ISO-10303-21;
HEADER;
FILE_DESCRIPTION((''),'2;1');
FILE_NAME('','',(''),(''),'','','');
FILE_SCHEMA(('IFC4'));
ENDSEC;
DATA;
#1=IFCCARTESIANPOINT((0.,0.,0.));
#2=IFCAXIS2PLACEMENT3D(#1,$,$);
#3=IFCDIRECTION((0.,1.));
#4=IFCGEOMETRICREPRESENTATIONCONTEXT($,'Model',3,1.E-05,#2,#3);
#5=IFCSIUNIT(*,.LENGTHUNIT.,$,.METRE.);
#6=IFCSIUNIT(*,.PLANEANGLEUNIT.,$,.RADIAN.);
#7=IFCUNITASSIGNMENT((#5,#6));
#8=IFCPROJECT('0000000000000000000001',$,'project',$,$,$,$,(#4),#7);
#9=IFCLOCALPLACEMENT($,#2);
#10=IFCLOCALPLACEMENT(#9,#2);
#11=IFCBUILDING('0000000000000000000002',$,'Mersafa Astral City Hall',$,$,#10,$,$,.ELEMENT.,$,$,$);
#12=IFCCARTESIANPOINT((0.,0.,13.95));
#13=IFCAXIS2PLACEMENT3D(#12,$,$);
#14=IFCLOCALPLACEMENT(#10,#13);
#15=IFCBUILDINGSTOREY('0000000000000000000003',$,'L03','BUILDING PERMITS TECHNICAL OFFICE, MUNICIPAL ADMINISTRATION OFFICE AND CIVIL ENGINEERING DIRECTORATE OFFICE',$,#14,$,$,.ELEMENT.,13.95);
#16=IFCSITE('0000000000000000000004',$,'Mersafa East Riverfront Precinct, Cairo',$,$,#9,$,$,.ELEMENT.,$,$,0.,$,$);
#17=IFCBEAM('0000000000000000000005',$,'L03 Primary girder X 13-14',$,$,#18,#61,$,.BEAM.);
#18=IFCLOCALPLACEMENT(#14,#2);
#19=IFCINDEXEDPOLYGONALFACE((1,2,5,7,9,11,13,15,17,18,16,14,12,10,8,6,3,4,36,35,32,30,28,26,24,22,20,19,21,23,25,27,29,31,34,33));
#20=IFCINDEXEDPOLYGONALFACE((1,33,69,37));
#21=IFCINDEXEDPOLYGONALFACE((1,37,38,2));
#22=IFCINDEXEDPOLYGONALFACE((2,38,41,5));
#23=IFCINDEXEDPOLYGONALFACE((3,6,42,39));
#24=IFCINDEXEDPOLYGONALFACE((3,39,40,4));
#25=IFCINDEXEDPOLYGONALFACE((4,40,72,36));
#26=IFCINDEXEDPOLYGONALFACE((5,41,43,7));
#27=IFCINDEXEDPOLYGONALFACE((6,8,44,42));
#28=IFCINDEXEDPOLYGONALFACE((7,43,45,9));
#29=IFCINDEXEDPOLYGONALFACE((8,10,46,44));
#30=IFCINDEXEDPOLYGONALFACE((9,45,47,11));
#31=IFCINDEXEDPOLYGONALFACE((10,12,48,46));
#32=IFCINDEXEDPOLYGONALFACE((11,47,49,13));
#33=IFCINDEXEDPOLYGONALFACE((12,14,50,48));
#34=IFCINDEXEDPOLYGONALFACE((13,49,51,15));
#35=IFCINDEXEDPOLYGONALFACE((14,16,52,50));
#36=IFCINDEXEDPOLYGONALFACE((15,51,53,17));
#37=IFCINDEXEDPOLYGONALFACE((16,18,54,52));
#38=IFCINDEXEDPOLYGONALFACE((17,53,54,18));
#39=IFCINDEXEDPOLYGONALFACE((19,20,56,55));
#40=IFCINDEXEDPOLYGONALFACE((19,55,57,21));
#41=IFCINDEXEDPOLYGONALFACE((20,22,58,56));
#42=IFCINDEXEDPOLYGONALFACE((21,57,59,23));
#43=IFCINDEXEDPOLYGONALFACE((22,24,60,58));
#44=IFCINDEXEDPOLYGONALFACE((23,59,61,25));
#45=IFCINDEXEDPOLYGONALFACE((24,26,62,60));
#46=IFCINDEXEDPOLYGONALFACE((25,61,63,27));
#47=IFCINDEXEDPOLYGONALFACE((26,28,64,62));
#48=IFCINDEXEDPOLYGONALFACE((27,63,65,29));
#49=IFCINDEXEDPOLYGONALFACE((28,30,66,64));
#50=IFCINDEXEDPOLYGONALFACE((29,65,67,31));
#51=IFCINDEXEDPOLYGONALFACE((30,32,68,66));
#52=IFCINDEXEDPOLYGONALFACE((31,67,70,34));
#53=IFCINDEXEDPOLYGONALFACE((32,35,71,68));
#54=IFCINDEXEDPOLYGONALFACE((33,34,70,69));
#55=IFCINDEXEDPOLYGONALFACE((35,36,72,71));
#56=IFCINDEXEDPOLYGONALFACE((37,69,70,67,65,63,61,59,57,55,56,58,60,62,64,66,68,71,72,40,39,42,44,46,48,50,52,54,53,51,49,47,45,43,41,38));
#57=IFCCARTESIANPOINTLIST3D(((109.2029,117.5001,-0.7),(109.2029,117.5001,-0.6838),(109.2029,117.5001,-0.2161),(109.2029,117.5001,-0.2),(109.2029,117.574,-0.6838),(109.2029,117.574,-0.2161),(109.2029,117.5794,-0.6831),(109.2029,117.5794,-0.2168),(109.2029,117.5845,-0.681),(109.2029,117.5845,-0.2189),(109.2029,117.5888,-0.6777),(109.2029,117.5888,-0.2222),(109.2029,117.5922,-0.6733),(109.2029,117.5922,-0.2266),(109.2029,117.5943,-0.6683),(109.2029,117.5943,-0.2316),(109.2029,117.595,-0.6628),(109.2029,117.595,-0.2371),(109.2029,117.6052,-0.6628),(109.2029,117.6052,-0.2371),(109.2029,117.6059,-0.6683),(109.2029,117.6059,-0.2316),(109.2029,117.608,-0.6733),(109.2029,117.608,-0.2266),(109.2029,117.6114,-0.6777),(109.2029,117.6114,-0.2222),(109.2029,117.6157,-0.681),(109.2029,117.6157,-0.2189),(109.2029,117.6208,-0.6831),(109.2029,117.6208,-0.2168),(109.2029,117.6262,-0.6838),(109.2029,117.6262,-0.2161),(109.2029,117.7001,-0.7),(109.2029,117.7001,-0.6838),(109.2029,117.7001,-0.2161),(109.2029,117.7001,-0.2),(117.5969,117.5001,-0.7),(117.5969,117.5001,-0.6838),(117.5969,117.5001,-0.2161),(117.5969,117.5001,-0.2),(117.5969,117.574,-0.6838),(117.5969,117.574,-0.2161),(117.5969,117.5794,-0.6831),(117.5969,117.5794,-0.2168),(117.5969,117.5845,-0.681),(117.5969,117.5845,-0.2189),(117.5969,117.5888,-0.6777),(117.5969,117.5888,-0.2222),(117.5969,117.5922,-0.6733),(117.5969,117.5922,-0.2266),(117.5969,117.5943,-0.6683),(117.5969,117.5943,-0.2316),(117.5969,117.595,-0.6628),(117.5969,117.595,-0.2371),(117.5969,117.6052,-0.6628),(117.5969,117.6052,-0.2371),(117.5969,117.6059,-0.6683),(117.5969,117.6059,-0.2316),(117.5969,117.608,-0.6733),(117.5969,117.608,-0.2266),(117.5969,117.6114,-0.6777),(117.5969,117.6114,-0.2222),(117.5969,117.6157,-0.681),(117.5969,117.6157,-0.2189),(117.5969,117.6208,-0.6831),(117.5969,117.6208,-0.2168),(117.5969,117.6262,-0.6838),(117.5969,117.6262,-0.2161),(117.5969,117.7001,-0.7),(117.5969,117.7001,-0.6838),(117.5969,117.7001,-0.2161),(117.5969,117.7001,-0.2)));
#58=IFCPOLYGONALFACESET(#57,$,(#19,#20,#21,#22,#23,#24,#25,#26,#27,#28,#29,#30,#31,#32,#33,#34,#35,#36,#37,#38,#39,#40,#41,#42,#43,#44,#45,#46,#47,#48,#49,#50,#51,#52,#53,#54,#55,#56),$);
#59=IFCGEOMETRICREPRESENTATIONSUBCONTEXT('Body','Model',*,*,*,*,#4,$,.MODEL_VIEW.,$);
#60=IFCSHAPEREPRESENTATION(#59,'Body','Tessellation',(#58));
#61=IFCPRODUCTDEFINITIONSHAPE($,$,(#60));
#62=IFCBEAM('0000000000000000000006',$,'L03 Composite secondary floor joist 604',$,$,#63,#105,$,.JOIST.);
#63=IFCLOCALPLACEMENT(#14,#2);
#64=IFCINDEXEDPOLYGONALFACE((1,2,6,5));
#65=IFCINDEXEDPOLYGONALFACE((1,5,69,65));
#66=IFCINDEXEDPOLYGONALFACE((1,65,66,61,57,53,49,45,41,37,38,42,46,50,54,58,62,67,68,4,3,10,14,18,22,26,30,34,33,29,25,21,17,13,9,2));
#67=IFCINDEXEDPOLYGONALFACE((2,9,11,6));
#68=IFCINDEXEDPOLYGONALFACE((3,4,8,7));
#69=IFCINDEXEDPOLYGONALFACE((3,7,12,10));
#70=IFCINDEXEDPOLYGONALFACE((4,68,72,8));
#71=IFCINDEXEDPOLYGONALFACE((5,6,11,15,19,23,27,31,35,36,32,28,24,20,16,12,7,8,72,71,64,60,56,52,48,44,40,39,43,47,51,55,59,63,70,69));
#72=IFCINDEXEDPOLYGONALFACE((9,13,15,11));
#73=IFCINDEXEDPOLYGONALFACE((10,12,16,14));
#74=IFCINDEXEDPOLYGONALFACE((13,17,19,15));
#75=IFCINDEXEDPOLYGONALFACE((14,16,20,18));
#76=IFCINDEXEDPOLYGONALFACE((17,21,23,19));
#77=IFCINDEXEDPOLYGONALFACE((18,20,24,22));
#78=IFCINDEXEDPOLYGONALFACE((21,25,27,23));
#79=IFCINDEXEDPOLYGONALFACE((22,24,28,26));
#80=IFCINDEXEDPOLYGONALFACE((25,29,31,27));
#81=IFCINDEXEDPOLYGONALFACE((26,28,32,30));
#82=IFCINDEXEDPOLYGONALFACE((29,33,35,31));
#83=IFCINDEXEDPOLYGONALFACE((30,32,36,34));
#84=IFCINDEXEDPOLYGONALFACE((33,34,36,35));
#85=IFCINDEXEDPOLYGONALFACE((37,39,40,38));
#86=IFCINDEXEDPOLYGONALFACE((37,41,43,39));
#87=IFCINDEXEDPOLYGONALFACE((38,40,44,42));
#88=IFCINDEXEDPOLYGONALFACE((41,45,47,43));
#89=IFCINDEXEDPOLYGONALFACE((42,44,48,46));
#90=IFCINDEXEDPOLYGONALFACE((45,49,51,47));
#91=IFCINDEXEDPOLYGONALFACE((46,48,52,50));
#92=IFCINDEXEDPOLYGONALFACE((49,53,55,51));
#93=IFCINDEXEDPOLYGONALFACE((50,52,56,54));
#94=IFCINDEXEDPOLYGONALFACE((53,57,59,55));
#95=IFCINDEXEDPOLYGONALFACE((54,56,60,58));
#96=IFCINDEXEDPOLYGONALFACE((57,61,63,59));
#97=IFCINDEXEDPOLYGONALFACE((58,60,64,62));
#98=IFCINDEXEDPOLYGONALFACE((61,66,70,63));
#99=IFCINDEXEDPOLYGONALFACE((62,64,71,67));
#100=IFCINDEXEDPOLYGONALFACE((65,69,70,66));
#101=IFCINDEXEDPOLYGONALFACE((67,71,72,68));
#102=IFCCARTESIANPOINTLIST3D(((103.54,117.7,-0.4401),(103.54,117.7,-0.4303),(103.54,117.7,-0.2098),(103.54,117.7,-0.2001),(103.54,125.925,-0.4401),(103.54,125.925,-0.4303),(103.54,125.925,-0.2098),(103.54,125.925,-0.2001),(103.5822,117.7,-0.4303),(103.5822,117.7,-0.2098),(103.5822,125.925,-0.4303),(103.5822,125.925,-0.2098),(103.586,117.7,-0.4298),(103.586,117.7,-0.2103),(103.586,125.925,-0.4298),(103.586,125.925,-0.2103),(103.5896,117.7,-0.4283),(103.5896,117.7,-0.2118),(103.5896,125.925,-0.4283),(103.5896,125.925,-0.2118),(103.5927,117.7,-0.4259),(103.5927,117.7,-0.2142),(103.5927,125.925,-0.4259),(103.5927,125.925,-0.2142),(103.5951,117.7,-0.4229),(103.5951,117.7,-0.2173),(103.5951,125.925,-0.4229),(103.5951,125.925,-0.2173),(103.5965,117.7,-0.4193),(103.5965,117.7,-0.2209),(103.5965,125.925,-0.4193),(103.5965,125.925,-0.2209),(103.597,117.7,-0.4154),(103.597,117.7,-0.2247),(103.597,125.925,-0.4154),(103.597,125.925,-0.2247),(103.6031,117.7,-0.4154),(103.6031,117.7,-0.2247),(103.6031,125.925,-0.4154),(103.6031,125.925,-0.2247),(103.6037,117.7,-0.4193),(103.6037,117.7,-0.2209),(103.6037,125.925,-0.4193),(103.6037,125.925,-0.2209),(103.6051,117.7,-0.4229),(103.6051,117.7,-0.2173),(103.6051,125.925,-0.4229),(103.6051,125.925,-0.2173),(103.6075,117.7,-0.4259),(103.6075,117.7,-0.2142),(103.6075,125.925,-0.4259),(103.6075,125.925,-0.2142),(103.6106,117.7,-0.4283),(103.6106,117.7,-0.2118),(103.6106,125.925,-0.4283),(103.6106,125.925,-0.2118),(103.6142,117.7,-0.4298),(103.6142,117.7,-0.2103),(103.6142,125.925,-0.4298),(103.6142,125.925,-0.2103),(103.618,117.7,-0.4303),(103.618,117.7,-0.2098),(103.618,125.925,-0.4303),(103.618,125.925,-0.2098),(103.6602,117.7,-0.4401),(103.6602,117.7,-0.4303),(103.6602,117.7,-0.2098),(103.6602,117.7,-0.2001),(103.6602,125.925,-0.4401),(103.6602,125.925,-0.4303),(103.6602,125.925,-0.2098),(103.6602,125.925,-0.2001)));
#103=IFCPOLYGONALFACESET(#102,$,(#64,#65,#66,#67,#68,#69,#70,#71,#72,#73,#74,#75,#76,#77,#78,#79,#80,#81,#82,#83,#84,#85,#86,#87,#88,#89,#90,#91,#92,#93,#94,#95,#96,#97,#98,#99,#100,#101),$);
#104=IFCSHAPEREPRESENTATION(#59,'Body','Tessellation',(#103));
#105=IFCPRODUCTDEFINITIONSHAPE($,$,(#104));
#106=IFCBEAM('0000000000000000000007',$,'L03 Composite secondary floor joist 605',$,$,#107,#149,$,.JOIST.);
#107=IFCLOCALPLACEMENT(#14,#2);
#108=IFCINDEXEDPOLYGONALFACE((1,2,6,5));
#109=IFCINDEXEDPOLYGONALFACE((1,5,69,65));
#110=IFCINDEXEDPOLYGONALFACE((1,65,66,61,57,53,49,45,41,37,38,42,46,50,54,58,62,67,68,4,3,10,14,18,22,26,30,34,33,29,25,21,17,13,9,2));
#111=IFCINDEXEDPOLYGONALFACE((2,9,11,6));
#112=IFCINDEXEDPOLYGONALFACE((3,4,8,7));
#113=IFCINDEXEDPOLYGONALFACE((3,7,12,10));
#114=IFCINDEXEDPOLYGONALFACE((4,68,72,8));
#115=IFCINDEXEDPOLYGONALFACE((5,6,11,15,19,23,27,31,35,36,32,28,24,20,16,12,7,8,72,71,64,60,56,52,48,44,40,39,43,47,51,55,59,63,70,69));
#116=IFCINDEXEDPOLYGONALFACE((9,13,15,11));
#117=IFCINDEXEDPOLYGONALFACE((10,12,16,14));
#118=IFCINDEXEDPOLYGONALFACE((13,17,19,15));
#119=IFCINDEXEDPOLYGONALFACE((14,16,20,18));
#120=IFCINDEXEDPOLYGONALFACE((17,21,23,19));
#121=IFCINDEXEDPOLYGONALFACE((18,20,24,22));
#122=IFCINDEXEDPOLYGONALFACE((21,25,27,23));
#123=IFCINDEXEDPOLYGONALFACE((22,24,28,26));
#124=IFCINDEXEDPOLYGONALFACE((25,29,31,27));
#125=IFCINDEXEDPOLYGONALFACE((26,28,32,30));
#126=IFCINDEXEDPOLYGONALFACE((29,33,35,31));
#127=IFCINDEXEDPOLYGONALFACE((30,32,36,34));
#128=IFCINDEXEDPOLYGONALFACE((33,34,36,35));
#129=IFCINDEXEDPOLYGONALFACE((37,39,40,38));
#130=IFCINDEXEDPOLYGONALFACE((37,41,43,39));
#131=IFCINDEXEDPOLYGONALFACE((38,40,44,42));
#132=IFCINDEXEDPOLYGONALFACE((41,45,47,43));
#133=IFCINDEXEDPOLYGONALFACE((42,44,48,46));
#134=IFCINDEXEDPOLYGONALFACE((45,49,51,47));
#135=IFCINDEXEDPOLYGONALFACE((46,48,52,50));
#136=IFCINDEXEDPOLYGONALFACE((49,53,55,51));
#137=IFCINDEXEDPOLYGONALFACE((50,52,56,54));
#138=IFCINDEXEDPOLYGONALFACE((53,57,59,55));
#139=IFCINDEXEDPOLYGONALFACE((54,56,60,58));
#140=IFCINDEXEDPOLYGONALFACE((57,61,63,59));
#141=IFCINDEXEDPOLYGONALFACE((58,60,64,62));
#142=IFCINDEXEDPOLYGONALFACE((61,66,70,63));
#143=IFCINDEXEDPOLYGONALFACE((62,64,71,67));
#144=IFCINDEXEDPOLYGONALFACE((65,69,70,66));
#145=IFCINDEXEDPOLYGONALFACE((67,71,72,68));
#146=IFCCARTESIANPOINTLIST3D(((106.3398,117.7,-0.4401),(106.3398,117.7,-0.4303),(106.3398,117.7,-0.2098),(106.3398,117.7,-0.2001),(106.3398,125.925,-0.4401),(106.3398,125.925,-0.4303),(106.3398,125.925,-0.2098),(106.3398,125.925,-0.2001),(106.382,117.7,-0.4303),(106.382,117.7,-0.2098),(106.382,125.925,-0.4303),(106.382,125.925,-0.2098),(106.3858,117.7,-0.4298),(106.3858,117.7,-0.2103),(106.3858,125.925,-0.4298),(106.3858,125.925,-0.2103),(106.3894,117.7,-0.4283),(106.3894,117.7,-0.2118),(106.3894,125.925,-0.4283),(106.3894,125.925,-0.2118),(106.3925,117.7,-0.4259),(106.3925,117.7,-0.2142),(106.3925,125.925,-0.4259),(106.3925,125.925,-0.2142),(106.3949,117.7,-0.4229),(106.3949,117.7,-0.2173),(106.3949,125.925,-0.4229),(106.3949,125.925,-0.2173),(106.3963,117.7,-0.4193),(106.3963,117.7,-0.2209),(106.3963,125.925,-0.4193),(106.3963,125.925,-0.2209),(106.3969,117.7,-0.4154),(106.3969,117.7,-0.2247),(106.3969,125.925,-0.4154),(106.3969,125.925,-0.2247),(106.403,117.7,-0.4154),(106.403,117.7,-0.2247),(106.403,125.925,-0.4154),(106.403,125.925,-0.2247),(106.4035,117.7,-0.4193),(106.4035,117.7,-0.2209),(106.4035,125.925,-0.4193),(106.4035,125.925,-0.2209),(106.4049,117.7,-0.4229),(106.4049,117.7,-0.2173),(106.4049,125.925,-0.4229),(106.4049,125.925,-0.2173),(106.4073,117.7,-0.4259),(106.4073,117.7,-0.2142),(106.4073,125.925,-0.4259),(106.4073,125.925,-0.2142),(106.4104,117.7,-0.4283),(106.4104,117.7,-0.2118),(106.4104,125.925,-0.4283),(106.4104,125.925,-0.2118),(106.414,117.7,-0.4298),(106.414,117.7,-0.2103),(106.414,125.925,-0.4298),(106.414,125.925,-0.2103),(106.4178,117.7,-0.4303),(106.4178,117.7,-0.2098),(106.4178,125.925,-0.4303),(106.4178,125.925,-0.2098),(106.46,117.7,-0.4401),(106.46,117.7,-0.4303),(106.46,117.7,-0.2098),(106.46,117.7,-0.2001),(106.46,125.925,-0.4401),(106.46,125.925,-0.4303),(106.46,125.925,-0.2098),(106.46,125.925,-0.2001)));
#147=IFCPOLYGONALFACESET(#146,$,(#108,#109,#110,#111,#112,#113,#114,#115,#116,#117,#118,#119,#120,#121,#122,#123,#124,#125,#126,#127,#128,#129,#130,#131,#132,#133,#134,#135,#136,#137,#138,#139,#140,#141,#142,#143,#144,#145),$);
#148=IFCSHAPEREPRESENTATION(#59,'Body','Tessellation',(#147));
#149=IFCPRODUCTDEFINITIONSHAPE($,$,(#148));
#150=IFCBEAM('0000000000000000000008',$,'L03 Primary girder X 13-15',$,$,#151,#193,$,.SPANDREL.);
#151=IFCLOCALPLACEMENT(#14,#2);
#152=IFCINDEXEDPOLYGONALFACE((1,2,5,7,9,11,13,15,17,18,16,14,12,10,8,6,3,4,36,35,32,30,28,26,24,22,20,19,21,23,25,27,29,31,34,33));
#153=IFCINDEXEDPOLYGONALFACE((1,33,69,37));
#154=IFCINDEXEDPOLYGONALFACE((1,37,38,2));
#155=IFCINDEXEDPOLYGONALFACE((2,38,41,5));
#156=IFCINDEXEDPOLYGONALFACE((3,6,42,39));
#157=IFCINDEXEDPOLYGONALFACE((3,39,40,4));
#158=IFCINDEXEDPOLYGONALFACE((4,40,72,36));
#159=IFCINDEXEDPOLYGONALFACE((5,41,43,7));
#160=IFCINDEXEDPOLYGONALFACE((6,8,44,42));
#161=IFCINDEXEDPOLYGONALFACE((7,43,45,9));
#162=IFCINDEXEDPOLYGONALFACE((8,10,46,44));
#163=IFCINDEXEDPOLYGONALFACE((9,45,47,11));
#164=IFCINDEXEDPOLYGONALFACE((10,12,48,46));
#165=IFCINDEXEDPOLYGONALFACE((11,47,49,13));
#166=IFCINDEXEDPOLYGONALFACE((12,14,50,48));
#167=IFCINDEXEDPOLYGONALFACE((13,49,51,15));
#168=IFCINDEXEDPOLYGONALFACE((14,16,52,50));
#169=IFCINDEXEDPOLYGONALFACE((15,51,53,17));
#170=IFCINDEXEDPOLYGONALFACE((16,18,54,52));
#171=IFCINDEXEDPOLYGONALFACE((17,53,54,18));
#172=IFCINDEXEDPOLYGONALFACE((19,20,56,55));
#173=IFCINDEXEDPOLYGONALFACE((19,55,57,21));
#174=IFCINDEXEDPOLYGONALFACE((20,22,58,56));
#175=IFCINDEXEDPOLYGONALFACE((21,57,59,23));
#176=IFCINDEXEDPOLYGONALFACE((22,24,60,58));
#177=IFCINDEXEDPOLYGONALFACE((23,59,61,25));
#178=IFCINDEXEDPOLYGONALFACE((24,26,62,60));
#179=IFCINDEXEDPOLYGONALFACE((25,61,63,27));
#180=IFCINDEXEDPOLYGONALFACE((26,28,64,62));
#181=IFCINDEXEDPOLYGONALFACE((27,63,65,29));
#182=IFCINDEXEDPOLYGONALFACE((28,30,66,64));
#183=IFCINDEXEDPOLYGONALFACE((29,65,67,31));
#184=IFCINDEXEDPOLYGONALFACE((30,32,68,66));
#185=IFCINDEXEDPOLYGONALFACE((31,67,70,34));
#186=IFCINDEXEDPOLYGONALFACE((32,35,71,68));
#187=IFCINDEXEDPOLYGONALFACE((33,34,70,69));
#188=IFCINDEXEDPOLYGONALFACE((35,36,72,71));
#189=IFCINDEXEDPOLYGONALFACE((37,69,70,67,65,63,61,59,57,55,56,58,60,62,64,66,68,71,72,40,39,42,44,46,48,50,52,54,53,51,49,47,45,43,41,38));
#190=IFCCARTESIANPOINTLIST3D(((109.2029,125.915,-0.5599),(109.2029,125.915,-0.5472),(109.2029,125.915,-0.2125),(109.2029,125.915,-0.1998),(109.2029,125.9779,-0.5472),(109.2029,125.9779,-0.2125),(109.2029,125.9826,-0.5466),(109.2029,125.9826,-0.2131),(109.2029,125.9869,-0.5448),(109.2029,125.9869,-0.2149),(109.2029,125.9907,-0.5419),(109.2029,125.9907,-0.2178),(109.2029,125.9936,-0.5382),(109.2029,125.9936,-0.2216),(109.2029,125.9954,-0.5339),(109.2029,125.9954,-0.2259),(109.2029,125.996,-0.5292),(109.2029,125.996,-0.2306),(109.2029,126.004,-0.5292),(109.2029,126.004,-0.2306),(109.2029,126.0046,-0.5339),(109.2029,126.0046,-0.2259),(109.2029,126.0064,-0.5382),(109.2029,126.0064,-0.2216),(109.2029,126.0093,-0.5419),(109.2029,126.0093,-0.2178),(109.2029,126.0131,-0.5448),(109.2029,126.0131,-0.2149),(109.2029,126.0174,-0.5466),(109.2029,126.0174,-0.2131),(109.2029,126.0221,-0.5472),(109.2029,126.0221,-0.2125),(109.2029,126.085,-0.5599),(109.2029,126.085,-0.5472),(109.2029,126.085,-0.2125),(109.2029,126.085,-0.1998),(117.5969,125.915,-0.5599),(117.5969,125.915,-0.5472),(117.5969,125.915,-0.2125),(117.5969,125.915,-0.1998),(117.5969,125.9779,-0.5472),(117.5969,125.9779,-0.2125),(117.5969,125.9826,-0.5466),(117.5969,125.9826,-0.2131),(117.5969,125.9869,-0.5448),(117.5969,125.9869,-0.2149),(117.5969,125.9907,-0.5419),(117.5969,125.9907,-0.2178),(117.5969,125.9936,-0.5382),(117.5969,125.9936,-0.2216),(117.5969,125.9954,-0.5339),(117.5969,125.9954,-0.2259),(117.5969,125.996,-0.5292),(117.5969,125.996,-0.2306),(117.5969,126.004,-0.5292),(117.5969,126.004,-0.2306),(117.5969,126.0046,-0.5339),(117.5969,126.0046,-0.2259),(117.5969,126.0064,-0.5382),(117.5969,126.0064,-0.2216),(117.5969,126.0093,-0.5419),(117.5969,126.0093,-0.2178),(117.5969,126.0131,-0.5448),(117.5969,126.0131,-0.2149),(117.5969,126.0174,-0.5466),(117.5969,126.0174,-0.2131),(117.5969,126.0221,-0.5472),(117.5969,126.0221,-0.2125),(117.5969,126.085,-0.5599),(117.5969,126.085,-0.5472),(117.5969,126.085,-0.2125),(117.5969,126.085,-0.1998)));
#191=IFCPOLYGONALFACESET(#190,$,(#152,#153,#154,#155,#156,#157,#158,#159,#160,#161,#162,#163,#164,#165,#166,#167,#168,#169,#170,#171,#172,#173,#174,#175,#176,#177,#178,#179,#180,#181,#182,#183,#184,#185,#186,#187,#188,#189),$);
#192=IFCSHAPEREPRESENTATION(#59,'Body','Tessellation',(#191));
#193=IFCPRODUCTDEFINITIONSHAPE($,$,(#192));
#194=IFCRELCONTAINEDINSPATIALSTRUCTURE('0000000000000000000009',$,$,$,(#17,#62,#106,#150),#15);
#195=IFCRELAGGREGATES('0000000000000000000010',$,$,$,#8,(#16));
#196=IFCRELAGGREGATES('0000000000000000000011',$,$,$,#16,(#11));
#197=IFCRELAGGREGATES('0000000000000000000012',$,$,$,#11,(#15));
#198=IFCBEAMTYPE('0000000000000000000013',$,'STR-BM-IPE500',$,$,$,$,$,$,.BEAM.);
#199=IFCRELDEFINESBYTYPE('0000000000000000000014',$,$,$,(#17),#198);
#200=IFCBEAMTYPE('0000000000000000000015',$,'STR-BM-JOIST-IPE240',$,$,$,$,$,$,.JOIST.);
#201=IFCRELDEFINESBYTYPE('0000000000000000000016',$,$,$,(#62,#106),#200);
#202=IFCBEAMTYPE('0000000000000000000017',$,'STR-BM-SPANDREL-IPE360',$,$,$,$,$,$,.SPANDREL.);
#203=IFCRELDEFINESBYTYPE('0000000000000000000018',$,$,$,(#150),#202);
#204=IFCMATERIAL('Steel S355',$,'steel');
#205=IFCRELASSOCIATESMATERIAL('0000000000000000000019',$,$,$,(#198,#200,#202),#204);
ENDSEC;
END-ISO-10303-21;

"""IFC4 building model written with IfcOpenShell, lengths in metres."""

from ifc_helpers import new_model, si_unit, direction, frame, origin, origin_2d, place, context, subcontext, project, spatial, i_section, extrude, material, material_profile, profile_set, type_object, element, save


model = new_model("IFC4")

# Units and contexts
model_context = context("Model", 3, precision=1e-05, world=origin(), true_north=direction((0.0, 1.0)))
body_context = subcontext(model_context, "Body", "Model", "MODEL_VIEW")
ifc_project = project(units=[si_unit("LENGTHUNIT", "METRE"), si_unit("PLANEANGLEUNIT", "RADIAN")], contexts=[model_context])

# Site, building, storey
site_placement = place(None, origin())
site = spatial("IfcSite", under=ifc_project, at=site_placement, Name="Mersafa East Riverfront Precinct, Cairo", CompositionType="ELEMENT", RefElevation=0.0)
building_placement = place(site_placement, origin())
building = spatial("IfcBuilding", under=site, at=building_placement, Name="Mersafa Astral City Hall", CompositionType="ELEMENT")
storey_placement = place(building_placement, frame((0.0, 0.0, 13.95)))
storey = spatial("IfcBuildingStorey", under=building, at=storey_placement, Name="L03", Description="BUILDING PERMITS TECHNICAL OFFICE, MUNICIPAL ADMINISTRATION OFFICE AND CIVIL ENGINEERING DIRECTORATE OFFICE", CompositionType="ELEMENT", Elevation=13.95)

# Shared definitions
ifc_material_1 = material(Name="Steel S355", Category="steel")

# Beams
ifc_material_profile_1 = material_profile(ifc_material_1, i_section(OverallWidth=0.2, OverallDepth=0.5, WebThickness=0.0103, FlangeThickness=0.0161, FilletRadius=0.021, at=origin_2d()), Name="IPE 500")
ifc_profile_set_1 = profile_set([ifc_material_profile_1], Name="Steel S355")
beam_type_1 = type_object("IfcBeamType", Name="STR-BM-IPE500", PredefinedType="BEAM", material=ifc_profile_set_1)
beam_1_placement = place(storey_placement, frame((109.2029, 117.6001, -0.45), z_axis=(1.0, 0.0, 0.0), x_axis=(0.0, 1.0, 0.0)))
element("IfcBeam", 1, at=beam_1_placement, inside=storey, type_object=beam_type_1, Name="L03 Primary girder X 13-14", PredefinedType="BEAM", context=body_context, shape_type="SweptSolid", body=[
    extrude(i_section(OverallWidth=0.2, OverallDepth=0.5, WebThickness=0.0103, FlangeThickness=0.0161, FilletRadius=0.021, at=origin_2d()), origin(), (0.0, 0.0, 1.0), 8.394),
])
ifc_material_profile_2 = material_profile(ifc_material_1, i_section(OverallWidth=0.1201, OverallDepth=0.24, WebThickness=0.0061, FlangeThickness=0.0098, FilletRadius=0.0149, at=origin_2d()), Name="IPE 240")
ifc_profile_set_2 = profile_set([ifc_material_profile_2], Name="Steel S355")
beam_type_2 = type_object("IfcBeamType", Name="STR-BM-JOIST-IPE240", PredefinedType="JOIST", material=ifc_profile_set_2)
for number, where, z_axis, x_axis, name in (
    (2, (103.6001, 117.7, -0.3201), (0.0, 1.0, 0.0), (-1.0, 0.0, 0.0), "L03 Composite secondary floor joist 604"),
    (3, (106.3999, 117.7, -0.3201), (0.0, 1.0, 0.0), (-1.0, 0.0, 0.0), "L03 Composite secondary floor joist 605"),
):
    element("IfcBeam", number, at=place(storey_placement, frame(where, z_axis=z_axis, x_axis=x_axis)), inside=storey, type_object=beam_type_2, Name=name, PredefinedType="JOIST", context=body_context, shape_type="SweptSolid", body=[
        extrude(i_section(OverallWidth=0.1201, OverallDepth=0.24, WebThickness=0.0061, FlangeThickness=0.0098, FilletRadius=0.0149, at=origin_2d()), origin(), (0.0, 0.0, 1.0), 8.2251),
    ])
ifc_material_profile_3 = material_profile(ifc_material_1, i_section(OverallWidth=0.1699, OverallDepth=0.3601, WebThickness=0.0081, FlangeThickness=0.0127, FilletRadius=0.0181, at=origin_2d()), Name="IPE 360")
ifc_profile_set_3 = profile_set([ifc_material_profile_3], Name="Steel S355")
beam_type_3 = type_object("IfcBeamType", Name="STR-BM-SPANDREL-IPE360", PredefinedType="SPANDREL", material=ifc_profile_set_3)
beam_2_placement = place(storey_placement, frame((109.2029, 126.0, -0.3799), z_axis=(1.0, 0.0, 0.0), x_axis=(0.0, 1.0, 0.0)))
element("IfcBeam", 4, at=beam_2_placement, inside=storey, type_object=beam_type_3, Name="L03 Primary girder X 13-15", PredefinedType="SPANDREL", context=body_context, shape_type="SweptSolid", body=[
    extrude(i_section(OverallWidth=0.1699, OverallDepth=0.3601, WebThickness=0.0081, FlangeThickness=0.0127, FilletRadius=0.0181, at=origin_2d()), origin(), (0.0, 0.0, 1.0), 8.394),
])

save(model, "model.ifc")
